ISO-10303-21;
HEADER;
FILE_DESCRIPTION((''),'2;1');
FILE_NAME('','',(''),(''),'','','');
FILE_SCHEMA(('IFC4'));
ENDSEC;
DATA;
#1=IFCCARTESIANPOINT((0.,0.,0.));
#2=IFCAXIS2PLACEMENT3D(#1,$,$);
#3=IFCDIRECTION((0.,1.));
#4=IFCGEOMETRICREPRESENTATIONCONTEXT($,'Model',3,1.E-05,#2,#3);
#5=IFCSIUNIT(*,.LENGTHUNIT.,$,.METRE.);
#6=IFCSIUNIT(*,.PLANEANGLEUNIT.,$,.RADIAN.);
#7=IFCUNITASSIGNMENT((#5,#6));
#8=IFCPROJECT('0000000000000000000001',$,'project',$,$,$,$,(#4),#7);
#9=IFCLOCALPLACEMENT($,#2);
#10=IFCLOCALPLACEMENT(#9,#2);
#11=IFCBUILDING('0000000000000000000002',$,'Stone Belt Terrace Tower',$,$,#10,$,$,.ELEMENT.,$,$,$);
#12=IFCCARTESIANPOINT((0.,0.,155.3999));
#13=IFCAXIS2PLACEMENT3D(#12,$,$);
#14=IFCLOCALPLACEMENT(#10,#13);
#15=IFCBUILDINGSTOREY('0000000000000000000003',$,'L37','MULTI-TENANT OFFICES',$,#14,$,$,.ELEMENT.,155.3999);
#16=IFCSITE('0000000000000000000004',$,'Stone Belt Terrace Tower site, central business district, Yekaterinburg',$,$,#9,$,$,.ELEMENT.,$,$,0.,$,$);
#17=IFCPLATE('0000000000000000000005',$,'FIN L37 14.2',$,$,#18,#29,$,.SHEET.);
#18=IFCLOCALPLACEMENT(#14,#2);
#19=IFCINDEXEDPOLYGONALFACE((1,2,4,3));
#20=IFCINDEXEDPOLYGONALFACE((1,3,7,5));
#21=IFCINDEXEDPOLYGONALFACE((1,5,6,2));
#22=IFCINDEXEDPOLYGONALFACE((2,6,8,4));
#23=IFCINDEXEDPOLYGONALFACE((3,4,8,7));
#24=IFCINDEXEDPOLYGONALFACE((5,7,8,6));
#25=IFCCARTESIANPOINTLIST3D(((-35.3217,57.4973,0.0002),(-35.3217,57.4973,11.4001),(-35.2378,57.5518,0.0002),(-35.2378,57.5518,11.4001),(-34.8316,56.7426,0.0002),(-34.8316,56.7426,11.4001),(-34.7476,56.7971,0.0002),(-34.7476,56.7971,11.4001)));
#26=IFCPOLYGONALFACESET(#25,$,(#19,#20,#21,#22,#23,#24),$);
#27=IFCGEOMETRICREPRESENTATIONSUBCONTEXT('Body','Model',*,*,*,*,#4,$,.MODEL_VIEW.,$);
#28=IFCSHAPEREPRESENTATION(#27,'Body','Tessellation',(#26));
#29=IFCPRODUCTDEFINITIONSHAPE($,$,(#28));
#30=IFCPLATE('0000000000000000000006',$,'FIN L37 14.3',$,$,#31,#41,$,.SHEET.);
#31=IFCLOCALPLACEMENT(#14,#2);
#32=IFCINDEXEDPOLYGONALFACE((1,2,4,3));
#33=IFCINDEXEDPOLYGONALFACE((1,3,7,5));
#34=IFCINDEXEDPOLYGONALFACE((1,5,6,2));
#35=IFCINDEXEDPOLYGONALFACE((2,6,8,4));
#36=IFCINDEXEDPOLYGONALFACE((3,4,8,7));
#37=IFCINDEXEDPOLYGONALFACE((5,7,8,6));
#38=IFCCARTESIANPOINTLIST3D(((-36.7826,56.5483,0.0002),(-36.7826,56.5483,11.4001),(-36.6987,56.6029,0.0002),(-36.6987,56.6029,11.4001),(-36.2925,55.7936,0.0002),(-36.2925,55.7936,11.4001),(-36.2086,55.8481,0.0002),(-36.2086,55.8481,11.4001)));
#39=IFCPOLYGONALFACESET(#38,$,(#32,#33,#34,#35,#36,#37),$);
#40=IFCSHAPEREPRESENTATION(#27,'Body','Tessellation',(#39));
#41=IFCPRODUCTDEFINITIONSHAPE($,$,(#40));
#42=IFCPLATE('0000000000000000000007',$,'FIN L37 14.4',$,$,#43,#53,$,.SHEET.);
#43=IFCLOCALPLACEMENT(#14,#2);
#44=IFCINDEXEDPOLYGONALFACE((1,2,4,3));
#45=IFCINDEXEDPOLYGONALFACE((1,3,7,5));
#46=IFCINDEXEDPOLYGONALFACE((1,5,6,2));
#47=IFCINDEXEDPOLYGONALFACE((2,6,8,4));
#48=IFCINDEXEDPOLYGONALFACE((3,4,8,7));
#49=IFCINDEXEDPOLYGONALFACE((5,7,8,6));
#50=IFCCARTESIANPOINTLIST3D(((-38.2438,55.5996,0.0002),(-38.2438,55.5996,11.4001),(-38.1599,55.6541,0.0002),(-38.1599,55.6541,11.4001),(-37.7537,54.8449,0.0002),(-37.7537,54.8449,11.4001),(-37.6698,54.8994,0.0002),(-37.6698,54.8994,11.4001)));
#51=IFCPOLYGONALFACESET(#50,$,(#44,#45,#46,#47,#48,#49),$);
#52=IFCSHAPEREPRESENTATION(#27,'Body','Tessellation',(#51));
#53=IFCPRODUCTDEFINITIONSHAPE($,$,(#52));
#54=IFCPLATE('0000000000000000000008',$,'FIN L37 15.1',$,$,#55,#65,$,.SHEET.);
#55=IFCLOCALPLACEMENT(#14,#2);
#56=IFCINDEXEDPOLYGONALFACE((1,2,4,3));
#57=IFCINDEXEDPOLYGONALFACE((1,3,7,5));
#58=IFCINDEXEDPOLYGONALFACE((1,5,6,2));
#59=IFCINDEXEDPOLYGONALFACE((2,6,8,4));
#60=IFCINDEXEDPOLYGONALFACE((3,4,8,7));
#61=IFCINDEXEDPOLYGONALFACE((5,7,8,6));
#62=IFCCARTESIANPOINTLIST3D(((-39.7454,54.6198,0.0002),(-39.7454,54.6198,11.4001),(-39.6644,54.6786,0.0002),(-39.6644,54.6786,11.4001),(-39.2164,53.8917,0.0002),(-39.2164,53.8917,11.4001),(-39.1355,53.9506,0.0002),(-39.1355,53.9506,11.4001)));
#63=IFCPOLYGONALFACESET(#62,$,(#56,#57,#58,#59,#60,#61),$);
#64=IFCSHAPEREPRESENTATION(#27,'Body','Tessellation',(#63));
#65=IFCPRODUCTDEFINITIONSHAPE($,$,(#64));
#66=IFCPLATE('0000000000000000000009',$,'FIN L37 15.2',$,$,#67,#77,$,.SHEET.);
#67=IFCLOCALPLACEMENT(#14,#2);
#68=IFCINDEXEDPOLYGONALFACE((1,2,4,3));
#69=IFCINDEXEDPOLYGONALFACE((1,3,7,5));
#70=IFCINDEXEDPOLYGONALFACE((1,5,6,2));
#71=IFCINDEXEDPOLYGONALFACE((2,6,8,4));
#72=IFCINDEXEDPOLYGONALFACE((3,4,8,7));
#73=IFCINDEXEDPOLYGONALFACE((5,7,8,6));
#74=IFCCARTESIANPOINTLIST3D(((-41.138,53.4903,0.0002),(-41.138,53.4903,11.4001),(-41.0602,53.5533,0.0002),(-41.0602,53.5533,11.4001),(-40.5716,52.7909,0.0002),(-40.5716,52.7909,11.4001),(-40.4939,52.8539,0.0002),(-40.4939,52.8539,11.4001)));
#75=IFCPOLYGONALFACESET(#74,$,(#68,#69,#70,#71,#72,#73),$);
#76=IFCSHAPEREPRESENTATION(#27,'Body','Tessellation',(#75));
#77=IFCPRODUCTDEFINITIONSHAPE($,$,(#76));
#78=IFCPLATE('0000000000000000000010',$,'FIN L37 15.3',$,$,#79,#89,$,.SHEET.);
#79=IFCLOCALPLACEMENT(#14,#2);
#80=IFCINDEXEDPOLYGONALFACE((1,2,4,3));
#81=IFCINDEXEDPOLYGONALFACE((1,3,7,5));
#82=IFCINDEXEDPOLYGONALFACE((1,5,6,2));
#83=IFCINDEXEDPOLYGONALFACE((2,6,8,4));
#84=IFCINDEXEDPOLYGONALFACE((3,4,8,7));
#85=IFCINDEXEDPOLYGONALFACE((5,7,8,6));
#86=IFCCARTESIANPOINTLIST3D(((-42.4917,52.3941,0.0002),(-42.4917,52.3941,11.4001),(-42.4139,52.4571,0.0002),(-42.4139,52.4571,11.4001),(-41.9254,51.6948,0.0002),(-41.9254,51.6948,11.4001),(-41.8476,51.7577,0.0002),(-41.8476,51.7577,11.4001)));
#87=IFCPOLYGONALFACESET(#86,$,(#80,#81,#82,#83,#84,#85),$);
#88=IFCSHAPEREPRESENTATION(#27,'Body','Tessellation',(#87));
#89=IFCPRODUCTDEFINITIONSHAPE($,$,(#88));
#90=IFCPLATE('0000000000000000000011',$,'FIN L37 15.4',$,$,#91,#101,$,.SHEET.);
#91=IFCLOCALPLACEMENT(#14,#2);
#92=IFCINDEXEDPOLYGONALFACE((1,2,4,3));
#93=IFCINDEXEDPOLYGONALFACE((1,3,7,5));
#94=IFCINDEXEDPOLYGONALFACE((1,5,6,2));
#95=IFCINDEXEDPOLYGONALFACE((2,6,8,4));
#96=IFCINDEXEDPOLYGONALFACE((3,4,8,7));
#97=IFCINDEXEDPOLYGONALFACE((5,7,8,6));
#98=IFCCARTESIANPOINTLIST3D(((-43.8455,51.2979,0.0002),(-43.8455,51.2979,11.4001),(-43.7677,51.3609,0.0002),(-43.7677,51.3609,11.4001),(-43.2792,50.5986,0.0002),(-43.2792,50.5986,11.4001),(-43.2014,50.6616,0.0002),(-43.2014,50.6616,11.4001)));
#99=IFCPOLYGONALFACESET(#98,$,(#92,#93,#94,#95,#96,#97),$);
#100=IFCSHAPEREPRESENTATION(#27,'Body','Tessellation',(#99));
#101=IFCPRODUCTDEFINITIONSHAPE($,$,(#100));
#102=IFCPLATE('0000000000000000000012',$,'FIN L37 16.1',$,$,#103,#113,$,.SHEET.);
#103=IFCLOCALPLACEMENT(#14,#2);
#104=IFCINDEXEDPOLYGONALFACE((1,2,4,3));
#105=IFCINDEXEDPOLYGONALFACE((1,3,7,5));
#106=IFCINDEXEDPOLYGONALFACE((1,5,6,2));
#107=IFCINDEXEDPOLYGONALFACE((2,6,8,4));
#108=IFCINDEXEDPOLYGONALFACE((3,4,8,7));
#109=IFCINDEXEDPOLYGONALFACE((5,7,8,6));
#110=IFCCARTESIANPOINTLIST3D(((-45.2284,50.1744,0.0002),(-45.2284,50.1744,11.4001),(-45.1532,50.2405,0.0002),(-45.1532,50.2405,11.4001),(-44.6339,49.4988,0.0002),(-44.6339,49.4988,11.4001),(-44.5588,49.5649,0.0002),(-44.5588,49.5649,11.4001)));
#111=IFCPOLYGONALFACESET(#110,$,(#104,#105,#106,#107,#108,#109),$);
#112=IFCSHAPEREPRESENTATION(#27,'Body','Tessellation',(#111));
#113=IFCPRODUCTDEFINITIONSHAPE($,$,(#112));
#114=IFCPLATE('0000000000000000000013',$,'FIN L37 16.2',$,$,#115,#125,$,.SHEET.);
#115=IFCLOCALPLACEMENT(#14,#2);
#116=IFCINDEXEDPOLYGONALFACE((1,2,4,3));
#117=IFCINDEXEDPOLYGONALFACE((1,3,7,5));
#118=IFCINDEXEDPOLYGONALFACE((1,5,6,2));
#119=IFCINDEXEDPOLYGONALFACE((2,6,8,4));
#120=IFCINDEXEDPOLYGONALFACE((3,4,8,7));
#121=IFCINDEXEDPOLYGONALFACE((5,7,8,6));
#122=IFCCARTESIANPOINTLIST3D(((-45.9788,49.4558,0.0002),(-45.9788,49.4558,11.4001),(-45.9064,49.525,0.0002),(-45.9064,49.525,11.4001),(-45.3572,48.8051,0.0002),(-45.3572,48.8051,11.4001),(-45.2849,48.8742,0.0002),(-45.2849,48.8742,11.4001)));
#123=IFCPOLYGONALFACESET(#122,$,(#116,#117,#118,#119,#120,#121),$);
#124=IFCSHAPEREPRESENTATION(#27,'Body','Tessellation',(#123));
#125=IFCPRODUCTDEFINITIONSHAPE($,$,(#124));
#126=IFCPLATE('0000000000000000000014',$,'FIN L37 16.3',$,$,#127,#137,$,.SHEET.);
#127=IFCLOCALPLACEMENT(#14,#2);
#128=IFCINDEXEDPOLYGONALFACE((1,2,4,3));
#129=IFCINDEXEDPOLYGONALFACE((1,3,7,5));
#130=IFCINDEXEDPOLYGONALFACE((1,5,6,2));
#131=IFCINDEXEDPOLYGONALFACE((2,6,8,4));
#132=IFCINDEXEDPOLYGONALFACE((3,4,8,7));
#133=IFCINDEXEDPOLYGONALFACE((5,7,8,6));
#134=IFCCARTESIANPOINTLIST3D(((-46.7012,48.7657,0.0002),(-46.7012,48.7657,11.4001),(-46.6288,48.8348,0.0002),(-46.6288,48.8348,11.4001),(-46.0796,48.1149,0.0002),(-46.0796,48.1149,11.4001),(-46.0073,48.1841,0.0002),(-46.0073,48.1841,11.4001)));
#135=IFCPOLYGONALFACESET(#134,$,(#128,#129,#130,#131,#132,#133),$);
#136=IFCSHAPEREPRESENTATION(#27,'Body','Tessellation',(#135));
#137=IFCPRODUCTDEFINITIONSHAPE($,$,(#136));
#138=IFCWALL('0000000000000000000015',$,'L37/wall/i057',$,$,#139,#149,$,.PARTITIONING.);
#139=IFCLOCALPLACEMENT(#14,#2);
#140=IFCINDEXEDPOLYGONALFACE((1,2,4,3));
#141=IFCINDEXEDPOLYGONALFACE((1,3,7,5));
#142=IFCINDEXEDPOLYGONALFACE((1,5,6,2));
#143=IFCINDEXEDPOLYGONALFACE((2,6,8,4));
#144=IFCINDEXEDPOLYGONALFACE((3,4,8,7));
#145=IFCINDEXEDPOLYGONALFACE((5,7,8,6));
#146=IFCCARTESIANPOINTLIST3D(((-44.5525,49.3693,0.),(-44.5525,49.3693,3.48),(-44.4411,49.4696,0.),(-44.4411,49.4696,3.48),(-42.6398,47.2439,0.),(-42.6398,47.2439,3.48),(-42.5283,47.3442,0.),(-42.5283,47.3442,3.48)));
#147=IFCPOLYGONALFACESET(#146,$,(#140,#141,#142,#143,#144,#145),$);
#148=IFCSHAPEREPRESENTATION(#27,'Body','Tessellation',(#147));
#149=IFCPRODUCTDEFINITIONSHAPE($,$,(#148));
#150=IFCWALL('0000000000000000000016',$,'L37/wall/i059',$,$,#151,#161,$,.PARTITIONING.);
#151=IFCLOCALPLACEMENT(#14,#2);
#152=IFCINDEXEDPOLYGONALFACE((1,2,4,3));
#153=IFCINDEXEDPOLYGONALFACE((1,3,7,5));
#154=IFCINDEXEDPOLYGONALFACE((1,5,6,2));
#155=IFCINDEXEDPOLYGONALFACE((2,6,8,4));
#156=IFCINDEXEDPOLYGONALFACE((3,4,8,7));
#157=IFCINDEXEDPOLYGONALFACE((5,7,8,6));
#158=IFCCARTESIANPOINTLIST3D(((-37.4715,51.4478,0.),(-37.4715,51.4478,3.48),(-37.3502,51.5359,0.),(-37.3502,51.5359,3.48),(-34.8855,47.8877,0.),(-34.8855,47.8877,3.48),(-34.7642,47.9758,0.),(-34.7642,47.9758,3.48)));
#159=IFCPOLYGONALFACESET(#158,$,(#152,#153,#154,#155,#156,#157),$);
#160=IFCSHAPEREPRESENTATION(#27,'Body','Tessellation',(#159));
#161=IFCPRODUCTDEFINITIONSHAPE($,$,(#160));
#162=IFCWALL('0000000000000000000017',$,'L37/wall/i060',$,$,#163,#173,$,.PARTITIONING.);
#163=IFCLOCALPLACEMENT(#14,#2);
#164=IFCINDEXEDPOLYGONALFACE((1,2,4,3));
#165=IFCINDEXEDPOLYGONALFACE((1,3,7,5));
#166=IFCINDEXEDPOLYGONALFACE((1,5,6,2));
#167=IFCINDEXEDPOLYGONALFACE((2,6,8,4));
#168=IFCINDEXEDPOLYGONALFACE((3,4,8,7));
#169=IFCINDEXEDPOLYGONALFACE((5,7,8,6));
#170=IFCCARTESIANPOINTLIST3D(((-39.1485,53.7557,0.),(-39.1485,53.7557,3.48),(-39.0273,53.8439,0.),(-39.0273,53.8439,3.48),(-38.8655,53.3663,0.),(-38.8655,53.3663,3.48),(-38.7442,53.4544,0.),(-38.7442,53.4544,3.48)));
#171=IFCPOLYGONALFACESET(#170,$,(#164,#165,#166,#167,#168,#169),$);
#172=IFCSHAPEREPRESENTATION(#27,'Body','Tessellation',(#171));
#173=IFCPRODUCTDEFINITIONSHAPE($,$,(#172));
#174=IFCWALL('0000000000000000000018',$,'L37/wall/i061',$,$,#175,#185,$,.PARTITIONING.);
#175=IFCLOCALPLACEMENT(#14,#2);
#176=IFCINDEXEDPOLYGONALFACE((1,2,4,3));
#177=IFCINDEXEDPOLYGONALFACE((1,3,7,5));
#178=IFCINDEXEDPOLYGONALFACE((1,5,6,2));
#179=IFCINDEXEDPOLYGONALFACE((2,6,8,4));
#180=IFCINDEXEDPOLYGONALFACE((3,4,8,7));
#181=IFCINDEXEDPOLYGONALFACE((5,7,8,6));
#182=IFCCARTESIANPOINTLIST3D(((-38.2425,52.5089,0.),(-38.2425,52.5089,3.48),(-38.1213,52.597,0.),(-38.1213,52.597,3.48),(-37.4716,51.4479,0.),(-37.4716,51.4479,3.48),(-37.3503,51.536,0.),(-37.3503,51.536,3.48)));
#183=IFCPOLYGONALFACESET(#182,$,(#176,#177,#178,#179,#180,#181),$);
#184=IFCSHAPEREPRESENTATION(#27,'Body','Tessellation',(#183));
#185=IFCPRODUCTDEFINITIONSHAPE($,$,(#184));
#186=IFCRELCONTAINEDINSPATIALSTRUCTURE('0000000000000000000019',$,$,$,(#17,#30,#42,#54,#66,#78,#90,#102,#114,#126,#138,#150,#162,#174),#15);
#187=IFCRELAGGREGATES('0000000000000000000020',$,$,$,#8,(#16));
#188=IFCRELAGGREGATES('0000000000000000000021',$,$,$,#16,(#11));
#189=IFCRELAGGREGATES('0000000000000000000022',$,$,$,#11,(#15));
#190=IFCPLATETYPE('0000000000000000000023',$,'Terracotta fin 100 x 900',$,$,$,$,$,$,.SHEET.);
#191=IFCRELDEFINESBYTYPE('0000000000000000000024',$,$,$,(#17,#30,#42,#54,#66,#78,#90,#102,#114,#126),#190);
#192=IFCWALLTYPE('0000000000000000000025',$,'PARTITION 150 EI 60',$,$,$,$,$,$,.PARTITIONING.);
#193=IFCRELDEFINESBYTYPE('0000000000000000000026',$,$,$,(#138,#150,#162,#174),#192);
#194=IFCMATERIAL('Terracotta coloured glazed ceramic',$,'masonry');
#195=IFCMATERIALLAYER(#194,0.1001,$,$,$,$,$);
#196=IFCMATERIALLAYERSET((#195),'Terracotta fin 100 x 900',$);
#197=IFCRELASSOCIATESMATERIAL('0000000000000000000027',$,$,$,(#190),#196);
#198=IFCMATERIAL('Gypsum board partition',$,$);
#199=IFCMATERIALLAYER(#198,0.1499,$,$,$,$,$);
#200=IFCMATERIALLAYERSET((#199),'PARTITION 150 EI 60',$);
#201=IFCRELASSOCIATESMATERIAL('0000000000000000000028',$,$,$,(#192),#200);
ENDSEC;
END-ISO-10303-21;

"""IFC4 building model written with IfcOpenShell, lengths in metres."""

from ifc_helpers import new_model, si_unit, direction, frame, frame_2d, origin, origin_2d, place, context, subcontext, project, spatial, rectangle, extrude, material, layer, layer_set, type_object, element, save


model = new_model("IFC4")

# Units and contexts
model_context = context("Model", 3, precision=1e-05, world=origin(), true_north=direction((0.0, 1.0)))
body_context = subcontext(model_context, "Body", "Model", "MODEL_VIEW")
ifc_project = project(units=[si_unit("LENGTHUNIT", "METRE"), si_unit("PLANEANGLEUNIT", "RADIAN")], contexts=[model_context])

# Site, building, storey
site_placement = place(None, origin())
site = spatial("IfcSite", under=ifc_project, at=site_placement, Name="Stone Belt Terrace Tower site, central business district, Yekaterinburg", CompositionType="ELEMENT", RefElevation=0.0)
building_placement = place(site_placement, origin())
building = spatial("IfcBuilding", under=site, at=building_placement, Name="Stone Belt Terrace Tower", CompositionType="ELEMENT")
storey_placement = place(building_placement, frame((0.0, 0.0, 155.3999)))
storey = spatial("IfcBuildingStorey", under=building, at=storey_placement, Name="L37", Description="MULTI-TENANT OFFICES", CompositionType="ELEMENT", Elevation=155.3999)

# Plates
ifc_material_1 = material(Name="Terracotta coloured glazed ceramic", Category="masonry")
ifc_layer_1 = layer(ifc_material_1, 0.1001)
ifc_layer_set_1 = layer_set([ifc_layer_1], Name="Terracotta fin 100 x 900")
plate_type_1 = type_object("IfcPlateType", Name="Terracotta fin 100 x 900", PredefinedType="SHEET", material=ifc_layer_set_1)
for number, where, z_axis, x_axis, name in (
    (1, (-35.0347, 57.1472, 0.0002), (0.0, 0.0, 1.0), (-0.544639, 0.838671, 0.0), "FIN L37 14.2"),
    (2, (-36.4956, 56.1982, 0.0002), (0.0, 0.0, 1.0), (-0.544639, 0.838671, 0.0), "FIN L37 14.3"),
    (3, (-37.9568, 55.2495, 0.0002), (0.0, 0.0, 1.0), (-0.544639, 0.838671, 0.0), "FIN L37 14.4"),
    (4, (-39.4404, 54.2852, 0.0002), (0.0, 0.0, 1.0), (-0.587785, 0.809017, 0.0), "FIN L37 15.1"),
    (5, (-40.8159, 53.1721, 0.0002), (0.0, 0.0, 1.0), (-0.62932, 0.777146, 0.0), "FIN L37 15.2"),
    (6, (-42.1697, 52.0759, 0.0002), (0.0, 0.0, 1.0), (-0.62932, 0.777146, 0.0), "FIN L37 15.3"),
    (7, (-43.5234, 50.9797, 0.0002), (0.0, 0.0, 1.0), (-0.62932, 0.777146, 0.0), "FIN L37 15.4"),
    (8, (-44.8936, 49.8696, 0.0002), (0.0, 0.0, 1.0), (-0.660573, 0.750761, 0.0), "FIN L37 16.1"),
    (9, (-45.6318, 49.165, 0.0002), (0.0, 0.0, 1.0), (-0.690721, 0.723121, 0.0), "FIN L37 16.2"),
    (10, (-46.3542, 48.4749, 0.0002), (0.0, 0.0, 1.0), (-0.690721, 0.723121, 0.0), "FIN L37 16.3"),
):
    element("IfcPlate", number, at=place(storey_placement, frame(where, z_axis=z_axis, x_axis=x_axis)), inside=storey, type_object=plate_type_1, Name=name, PredefinedType="SHEET", context=body_context, shape_type="SweptSolid", body=[
        extrude(rectangle(XDim=0.8999, YDim=0.1001, at=origin_2d()), origin(), (0.0, 0.0, 1.0), 11.3999),
    ])

# Walls
ifc_material_2 = material(Name="Gypsum board partition")
ifc_layer_2 = layer(ifc_material_2, 0.1499)
ifc_layer_set_2 = layer_set([ifc_layer_2], Name="PARTITION 150 EI 60")
wall_type = type_object("IfcWallType", Name="PARTITION 150 EI 60", PredefinedType="PARTITIONING", material=ifc_layer_set_2)
wall_1_placement = place(storey_placement, frame((-44.4968, 49.4194, 0.0), z_axis=(0.0, 0.0, 1.0), x_axis=(0.668946, -0.743311, 0.0)))
element("IfcWall", 11, at=wall_1_placement, inside=storey, type_object=wall_type, Name="L37/wall/i057", PredefinedType="PARTITIONING", context=body_context, shape_type="SweptSolid", body=[
    extrude(rectangle(XDim=2.8594, YDim=0.1499, at=frame_2d((1.4297, 0.0))), origin(), (0.0, 0.0, 1.0), 3.48),
])
wall_2_placement = place(storey_placement, frame((-37.4109, 51.4919, 0.0), z_axis=(0.0, 0.0, 1.0), x_axis=(0.587697, -0.809081, 0.0)))
element("IfcWall", 12, at=wall_2_placement, inside=storey, type_object=wall_type, Name="L37/wall/i059", PredefinedType="PARTITIONING", context=body_context, shape_type="SweptSolid", body=[
    extrude(rectangle(XDim=4.4001, YDim=0.1499, at=frame_2d((2.2002, 0.0))), origin(), (0.0, 0.0, 1.0), 3.48),
])
wall_3_placement = place(storey_placement, frame((-39.0879, 53.7998, 0.0), z_axis=(0.0, 0.0, 1.0), x_axis=(0.58784, -0.808977, 0.0)))
element("IfcWall", 13, at=wall_3_placement, inside=storey, type_object=wall_type, Name="L37/wall/i060", PredefinedType="PARTITIONING", context=body_context, shape_type="SweptSolid", body=[
    extrude(rectangle(XDim=0.4814, YDim=0.1499, at=frame_2d((0.2407, 0.0))), origin(), (0.0, 0.0, 1.0), 3.48),
])
wall_4_placement = place(storey_placement, frame((-38.1819, 52.553, 0.0), z_axis=(0.0, 0.0, 1.0), x_axis=(0.58784, -0.808977, 0.0)))
element("IfcWall", 14, at=wall_4_placement, inside=storey, type_object=wall_type, Name="L37/wall/i061", PredefinedType="PARTITIONING", context=body_context, shape_type="SweptSolid", body=[
    extrude(rectangle(XDim=1.3115, YDim=0.1499, at=frame_2d((0.6558, 0.0))), origin(), (0.0, 0.0, 1.0), 3.48),
])

save(model, "model.ifc")
